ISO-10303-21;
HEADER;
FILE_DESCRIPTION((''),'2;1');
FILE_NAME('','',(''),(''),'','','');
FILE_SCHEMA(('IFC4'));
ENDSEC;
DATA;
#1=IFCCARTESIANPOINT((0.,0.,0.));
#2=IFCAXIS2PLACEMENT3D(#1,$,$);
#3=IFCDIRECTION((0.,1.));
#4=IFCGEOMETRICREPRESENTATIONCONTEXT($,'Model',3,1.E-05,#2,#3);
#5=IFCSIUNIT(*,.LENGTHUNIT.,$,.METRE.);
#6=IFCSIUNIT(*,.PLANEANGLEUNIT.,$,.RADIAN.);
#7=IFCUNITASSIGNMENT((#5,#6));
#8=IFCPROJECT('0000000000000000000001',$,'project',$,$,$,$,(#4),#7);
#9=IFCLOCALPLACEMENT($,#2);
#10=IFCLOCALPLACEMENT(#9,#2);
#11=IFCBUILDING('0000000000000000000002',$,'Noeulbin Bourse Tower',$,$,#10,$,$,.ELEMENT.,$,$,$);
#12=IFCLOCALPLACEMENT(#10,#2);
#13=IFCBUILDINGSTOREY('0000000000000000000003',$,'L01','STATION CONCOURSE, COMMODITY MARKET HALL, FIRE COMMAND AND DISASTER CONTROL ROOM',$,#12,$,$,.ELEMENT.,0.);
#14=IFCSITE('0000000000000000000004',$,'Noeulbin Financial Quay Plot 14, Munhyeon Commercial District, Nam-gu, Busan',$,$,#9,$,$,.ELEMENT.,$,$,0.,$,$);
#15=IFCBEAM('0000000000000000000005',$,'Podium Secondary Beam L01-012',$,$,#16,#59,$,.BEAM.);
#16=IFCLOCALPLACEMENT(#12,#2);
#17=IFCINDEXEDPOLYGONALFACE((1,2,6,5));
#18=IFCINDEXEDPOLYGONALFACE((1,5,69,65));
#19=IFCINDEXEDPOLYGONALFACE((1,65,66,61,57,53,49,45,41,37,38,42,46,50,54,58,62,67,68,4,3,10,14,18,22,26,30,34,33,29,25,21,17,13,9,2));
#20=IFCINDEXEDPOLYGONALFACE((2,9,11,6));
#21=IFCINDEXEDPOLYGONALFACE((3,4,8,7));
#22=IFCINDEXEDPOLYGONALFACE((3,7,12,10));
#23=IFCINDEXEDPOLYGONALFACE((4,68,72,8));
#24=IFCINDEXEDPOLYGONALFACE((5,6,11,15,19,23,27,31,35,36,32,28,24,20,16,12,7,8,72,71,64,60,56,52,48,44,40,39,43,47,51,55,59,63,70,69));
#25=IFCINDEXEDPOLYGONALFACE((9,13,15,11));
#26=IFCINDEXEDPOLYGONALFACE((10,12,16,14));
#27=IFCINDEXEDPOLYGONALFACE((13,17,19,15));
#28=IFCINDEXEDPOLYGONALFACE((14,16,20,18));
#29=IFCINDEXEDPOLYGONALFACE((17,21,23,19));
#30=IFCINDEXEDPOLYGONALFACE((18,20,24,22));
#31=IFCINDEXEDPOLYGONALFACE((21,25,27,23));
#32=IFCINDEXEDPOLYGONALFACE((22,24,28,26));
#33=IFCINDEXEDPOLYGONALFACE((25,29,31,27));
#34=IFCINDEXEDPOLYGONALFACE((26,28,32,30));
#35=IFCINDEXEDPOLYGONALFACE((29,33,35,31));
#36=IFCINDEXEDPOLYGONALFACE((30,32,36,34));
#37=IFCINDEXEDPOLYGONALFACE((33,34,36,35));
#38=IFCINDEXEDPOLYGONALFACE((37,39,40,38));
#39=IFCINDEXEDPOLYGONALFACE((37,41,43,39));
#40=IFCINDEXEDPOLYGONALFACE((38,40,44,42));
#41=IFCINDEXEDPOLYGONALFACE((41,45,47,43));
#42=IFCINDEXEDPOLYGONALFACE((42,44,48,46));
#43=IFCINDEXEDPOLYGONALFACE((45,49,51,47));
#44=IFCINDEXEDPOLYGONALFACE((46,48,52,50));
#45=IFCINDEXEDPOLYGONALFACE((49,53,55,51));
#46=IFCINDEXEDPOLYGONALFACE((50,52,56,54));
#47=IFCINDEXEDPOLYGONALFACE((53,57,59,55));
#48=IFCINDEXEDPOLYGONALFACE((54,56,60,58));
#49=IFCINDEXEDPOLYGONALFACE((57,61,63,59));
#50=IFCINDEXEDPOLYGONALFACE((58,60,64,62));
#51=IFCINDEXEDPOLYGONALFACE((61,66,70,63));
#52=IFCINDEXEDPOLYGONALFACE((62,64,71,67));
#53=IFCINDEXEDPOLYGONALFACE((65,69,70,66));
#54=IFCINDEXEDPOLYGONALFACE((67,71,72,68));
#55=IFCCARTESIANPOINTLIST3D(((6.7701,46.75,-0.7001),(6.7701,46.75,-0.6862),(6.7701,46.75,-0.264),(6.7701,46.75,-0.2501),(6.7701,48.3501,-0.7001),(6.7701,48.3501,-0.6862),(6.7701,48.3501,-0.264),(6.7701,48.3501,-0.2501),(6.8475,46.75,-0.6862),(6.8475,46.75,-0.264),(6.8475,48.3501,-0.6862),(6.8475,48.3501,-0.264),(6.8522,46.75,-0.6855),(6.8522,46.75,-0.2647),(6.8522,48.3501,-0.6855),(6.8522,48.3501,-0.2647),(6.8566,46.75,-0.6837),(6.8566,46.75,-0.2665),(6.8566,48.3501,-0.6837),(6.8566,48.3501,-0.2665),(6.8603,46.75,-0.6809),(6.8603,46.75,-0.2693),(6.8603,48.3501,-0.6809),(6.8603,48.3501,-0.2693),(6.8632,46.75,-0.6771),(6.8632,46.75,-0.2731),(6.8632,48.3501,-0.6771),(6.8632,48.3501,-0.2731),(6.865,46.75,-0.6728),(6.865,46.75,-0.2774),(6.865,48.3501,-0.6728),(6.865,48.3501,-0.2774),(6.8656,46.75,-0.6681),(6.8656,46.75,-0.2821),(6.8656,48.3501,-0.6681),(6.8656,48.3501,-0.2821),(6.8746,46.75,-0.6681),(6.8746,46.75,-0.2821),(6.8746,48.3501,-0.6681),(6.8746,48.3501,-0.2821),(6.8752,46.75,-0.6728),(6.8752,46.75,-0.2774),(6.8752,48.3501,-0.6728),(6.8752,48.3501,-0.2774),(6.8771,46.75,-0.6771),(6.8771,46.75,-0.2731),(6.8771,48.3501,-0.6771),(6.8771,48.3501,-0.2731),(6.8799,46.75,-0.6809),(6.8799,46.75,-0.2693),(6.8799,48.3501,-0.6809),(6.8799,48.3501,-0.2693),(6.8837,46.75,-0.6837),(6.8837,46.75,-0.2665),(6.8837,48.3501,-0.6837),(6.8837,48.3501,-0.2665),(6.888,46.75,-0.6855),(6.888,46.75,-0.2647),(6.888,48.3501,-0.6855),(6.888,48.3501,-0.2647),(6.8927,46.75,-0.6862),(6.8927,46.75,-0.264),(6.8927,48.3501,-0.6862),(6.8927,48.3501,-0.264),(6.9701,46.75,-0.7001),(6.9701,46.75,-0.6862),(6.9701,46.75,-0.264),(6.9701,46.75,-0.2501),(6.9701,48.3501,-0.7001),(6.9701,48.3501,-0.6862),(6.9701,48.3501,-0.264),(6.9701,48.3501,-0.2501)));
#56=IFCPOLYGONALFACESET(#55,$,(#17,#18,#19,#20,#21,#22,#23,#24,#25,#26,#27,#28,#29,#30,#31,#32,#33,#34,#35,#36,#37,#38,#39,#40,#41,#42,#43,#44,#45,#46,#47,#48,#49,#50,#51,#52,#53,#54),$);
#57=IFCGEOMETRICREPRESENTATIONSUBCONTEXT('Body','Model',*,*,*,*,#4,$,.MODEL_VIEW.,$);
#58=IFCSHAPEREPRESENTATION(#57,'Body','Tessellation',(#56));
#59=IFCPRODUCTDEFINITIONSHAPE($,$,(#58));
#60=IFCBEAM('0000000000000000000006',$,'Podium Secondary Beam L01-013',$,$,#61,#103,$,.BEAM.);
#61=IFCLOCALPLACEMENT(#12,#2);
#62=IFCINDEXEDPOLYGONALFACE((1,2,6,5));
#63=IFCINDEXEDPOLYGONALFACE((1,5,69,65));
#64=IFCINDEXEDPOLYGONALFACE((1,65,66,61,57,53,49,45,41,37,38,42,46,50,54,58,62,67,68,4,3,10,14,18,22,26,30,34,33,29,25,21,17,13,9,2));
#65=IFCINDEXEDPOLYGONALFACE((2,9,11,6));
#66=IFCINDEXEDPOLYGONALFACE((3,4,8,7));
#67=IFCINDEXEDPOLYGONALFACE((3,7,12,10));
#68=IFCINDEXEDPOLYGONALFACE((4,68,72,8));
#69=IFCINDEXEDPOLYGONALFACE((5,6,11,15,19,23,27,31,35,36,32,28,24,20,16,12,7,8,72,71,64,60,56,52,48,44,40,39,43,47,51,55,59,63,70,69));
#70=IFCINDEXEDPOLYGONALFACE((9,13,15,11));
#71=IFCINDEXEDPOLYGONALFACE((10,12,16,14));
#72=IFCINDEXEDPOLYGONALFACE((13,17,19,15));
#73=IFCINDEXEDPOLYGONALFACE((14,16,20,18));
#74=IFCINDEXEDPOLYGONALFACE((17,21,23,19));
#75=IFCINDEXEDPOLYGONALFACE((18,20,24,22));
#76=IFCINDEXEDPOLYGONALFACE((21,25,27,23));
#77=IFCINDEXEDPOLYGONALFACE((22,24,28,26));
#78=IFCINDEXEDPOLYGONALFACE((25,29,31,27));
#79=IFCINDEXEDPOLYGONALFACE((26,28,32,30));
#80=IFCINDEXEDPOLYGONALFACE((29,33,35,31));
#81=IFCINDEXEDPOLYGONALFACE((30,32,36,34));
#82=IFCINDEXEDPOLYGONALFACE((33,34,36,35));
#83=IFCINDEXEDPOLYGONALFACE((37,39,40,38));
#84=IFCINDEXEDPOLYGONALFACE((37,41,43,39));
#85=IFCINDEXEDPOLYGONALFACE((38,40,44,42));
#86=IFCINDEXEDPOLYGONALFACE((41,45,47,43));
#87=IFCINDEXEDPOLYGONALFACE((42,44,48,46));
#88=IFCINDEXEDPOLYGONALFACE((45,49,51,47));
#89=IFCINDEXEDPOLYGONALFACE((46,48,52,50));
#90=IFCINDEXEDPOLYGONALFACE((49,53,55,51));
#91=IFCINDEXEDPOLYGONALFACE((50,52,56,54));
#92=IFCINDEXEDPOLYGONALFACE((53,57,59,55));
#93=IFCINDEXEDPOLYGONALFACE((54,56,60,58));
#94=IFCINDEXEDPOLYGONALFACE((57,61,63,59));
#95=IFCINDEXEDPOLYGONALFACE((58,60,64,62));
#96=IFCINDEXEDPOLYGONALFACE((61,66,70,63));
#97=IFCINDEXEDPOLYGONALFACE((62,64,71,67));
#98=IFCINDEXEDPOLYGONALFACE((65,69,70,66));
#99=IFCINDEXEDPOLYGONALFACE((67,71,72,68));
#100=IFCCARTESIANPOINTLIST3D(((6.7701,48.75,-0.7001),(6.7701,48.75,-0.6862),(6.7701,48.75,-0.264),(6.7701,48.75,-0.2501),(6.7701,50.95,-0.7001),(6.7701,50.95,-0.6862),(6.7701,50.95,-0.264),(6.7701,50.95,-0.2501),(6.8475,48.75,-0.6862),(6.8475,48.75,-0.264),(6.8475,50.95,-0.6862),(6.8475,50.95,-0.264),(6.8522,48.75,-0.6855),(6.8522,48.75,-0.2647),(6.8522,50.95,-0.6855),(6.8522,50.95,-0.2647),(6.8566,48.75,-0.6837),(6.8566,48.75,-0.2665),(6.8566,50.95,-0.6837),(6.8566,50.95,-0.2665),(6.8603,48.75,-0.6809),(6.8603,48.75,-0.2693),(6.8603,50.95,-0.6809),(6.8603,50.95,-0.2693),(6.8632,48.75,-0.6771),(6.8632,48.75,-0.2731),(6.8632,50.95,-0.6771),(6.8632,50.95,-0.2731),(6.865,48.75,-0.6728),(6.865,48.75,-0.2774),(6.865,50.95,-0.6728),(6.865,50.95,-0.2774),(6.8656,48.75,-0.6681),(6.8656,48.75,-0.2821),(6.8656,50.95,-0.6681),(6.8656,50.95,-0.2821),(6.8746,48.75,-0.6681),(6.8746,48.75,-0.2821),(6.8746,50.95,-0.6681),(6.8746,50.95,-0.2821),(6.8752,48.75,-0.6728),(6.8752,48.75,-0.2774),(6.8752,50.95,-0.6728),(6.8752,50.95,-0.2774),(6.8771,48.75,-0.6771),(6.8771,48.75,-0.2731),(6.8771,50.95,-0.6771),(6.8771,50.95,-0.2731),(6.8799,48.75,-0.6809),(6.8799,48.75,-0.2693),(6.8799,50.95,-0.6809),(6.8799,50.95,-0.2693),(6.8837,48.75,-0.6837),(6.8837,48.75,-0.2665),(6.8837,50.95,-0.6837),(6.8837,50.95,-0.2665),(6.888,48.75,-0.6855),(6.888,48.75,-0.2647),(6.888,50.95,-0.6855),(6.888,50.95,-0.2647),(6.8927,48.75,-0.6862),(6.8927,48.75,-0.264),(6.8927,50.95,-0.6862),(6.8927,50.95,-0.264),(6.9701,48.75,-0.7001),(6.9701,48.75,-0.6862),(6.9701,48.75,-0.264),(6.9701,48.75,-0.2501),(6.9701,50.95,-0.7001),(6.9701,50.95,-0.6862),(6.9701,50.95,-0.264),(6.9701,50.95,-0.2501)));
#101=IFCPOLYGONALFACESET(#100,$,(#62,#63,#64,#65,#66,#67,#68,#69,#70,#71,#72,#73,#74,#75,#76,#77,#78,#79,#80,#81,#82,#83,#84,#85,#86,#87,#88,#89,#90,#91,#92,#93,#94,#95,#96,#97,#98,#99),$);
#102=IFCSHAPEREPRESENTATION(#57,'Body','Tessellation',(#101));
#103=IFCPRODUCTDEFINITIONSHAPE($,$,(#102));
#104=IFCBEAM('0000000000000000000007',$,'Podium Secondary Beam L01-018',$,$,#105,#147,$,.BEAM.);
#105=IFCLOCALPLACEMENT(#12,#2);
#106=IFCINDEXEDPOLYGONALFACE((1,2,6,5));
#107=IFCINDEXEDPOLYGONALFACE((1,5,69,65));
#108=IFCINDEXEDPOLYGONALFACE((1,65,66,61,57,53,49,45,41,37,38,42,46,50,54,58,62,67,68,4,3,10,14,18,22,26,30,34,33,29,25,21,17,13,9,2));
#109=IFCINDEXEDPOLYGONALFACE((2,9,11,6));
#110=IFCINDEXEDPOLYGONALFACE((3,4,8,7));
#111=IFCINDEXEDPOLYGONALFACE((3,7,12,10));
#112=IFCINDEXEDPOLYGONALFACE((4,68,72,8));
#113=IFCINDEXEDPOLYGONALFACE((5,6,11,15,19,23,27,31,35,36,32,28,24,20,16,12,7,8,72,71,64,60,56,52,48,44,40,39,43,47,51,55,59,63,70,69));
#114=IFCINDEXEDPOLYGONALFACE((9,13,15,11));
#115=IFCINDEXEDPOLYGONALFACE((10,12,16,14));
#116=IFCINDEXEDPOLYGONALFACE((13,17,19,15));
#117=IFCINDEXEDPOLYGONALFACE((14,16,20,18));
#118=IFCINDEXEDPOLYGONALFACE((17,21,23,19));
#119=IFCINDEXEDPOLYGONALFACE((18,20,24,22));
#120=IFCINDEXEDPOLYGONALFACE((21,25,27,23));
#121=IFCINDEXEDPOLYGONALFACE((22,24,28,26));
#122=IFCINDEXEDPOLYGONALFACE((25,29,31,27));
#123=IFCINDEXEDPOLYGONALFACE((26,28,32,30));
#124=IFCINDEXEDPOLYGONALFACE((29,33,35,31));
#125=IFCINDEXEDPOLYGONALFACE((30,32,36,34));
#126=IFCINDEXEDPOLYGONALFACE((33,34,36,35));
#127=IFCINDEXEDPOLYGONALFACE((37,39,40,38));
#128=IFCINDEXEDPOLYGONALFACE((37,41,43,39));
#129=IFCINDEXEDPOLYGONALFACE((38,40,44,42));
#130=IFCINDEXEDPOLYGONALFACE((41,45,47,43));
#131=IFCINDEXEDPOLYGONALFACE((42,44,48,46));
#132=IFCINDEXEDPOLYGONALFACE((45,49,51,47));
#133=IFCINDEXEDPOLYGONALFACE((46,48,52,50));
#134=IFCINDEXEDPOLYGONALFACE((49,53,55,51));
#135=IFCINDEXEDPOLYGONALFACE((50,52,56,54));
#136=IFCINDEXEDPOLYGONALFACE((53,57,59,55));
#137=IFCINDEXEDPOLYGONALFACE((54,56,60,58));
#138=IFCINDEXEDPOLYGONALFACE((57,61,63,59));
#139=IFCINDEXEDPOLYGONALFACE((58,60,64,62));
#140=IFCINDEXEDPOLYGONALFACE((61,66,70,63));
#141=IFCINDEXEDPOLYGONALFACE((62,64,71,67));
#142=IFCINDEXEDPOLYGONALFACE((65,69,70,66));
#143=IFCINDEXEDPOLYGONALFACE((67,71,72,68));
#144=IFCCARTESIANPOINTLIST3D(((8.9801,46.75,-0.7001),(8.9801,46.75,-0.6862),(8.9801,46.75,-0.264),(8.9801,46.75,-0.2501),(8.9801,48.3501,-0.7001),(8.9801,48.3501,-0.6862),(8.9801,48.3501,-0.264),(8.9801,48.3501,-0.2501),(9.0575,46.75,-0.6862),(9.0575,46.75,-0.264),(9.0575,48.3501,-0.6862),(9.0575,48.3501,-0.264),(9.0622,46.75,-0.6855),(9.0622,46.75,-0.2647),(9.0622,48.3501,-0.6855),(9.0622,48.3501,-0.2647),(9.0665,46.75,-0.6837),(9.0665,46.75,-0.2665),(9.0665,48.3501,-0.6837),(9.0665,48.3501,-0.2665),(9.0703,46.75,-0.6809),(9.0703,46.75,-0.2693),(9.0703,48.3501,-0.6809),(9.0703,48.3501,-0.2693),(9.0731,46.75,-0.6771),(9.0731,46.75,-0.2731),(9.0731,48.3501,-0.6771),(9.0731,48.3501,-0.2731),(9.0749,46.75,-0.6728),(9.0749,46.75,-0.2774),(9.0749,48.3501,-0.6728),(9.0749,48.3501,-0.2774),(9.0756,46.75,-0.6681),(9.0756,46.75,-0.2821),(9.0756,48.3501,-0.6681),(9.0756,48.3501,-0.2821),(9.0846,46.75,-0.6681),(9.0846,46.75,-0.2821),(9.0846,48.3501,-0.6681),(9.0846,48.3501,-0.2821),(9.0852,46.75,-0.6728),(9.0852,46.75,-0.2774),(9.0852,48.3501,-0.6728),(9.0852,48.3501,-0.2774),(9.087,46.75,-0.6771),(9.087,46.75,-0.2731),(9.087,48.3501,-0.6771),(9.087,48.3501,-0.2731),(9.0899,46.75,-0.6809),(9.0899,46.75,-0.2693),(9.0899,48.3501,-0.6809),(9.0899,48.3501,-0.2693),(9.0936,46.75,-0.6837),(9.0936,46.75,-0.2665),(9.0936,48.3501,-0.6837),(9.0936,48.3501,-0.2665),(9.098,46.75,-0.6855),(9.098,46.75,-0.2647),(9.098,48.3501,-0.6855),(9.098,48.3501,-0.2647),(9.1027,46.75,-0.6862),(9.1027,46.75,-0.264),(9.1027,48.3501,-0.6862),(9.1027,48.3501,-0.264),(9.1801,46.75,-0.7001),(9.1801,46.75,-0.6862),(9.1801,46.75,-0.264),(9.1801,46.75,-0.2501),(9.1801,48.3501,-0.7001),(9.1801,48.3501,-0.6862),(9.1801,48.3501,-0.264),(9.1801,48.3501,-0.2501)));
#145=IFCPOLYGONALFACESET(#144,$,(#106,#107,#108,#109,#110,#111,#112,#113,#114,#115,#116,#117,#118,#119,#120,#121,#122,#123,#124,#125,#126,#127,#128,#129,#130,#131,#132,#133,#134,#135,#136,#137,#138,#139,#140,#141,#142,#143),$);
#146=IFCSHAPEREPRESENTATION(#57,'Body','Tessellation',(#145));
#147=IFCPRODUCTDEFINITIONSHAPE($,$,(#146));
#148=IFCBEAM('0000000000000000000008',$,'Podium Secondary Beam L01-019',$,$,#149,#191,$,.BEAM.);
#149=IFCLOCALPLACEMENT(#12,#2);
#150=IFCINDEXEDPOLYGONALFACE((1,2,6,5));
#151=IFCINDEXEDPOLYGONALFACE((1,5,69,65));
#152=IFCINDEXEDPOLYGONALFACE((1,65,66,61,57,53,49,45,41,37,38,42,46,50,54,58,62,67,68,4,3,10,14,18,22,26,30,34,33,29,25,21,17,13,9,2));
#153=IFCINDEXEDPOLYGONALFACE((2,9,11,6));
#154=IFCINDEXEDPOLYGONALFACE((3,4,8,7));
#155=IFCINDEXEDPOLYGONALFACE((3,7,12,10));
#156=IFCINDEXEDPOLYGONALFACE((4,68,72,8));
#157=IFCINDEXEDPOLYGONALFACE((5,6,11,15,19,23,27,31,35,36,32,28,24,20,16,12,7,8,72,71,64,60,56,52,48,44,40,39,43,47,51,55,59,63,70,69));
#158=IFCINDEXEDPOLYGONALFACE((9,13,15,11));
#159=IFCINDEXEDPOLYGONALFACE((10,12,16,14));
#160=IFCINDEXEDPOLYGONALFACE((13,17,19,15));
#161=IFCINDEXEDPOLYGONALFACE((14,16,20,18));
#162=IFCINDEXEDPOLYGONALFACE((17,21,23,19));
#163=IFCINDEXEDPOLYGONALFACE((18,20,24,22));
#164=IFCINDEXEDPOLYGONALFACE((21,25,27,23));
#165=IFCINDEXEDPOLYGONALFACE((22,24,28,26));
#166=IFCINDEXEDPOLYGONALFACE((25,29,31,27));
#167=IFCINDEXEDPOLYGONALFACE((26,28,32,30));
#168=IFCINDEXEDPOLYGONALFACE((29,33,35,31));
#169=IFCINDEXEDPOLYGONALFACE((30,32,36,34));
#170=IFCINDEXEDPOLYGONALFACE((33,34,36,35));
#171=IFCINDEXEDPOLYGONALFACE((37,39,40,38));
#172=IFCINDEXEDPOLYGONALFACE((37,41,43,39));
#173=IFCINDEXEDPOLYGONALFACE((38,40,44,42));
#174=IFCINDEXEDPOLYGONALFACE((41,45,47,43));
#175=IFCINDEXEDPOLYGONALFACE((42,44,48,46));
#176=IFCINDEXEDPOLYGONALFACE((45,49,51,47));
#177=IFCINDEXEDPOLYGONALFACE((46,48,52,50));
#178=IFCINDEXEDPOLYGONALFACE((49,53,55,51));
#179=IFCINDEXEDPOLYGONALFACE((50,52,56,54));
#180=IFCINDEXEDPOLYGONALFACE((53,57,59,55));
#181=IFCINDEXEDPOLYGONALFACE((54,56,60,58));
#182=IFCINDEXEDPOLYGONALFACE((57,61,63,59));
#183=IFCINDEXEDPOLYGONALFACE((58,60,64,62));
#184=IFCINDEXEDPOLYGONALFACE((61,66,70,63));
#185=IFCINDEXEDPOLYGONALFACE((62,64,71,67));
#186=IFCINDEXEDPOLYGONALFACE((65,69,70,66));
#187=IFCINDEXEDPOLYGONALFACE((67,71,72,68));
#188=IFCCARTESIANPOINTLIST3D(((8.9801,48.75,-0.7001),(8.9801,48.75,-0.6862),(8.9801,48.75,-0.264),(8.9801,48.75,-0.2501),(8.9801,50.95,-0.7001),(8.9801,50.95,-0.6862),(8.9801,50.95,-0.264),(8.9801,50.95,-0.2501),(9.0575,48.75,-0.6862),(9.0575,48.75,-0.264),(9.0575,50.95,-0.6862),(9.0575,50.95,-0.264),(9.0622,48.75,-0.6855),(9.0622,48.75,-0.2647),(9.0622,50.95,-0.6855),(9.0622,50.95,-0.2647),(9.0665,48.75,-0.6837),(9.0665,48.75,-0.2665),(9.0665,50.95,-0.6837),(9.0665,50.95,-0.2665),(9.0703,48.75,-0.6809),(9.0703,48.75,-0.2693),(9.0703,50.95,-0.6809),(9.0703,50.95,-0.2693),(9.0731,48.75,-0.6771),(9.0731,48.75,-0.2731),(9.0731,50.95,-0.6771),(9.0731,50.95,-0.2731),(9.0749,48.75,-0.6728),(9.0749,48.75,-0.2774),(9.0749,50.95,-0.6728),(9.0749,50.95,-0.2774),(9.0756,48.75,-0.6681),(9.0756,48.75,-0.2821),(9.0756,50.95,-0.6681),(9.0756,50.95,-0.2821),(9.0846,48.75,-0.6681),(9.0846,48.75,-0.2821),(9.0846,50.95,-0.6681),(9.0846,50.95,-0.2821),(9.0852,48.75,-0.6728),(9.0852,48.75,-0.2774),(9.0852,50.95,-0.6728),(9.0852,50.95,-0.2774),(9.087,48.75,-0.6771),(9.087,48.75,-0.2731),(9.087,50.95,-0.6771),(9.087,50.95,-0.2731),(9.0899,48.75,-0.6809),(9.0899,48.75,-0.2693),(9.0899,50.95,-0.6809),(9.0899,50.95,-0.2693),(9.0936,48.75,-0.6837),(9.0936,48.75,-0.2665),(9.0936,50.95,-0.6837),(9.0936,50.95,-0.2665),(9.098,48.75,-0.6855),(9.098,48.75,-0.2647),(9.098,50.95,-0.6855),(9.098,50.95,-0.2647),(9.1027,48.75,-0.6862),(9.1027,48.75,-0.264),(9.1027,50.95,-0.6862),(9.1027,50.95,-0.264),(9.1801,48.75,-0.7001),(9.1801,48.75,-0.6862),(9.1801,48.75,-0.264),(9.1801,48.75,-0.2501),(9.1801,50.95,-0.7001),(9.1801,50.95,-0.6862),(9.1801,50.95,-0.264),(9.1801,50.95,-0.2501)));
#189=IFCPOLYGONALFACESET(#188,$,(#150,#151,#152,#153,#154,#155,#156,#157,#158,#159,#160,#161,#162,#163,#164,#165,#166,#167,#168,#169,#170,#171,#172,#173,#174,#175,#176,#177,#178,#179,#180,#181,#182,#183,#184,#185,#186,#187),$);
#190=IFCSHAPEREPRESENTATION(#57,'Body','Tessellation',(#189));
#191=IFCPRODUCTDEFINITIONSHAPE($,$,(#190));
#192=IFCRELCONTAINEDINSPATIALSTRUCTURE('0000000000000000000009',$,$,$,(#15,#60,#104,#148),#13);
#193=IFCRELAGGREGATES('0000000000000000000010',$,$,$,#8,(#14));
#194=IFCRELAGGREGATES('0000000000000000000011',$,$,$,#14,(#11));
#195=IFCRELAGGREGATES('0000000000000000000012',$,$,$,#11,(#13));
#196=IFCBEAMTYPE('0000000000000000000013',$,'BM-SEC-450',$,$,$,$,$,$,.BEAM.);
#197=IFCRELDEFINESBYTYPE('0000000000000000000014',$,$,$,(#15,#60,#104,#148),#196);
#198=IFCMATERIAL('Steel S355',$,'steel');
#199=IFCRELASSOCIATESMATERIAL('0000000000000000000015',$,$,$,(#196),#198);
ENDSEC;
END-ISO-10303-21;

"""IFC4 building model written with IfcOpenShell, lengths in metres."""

from ifc_helpers import new_model, si_unit, direction, frame, origin, origin_2d, place, context, subcontext, project, spatial, i_section, extrude, material, material_profile, profile_set, type_object, element, save


model = new_model("IFC4")

# Units and contexts
model_context = context("Model", 3, precision=1e-05, world=origin(), true_north=direction((0.0, 1.0)))
body_context = subcontext(model_context, "Body", "Model", "MODEL_VIEW")
ifc_project = project(units=[si_unit("LENGTHUNIT", "METRE"), si_unit("PLANEANGLEUNIT", "RADIAN")], contexts=[model_context])

# Site, building, storey
site_placement = place(None, origin())
site = spatial("IfcSite", under=ifc_project, at=site_placement, Name="Noeulbin Financial Quay Plot 14, Munhyeon Commercial District, Nam-gu, Busan", CompositionType="ELEMENT", RefElevation=0.0)
building_placement = place(site_placement, origin())
building = spatial("IfcBuilding", under=site, at=building_placement, Name="Noeulbin Bourse Tower", CompositionType="ELEMENT")
storey_placement = place(building_placement, origin())
storey = spatial("IfcBuildingStorey", under=building, at=storey_placement, Name="L01", Description="STATION CONCOURSE, COMMODITY MARKET HALL, FIRE COMMAND AND DISASTER CONTROL ROOM", CompositionType="ELEMENT", Elevation=0.0)

# Beams
ifc_material_1 = material(Name="Steel S355", Category="steel")
ifc_material_profile_1 = material_profile(ifc_material_1, i_section(OverallWidth=0.2, OverallDepth=0.45, WebThickness=0.009, FlangeThickness=0.0139, FilletRadius=0.0181, at=origin_2d()), Name="H-450x200x9x14", Category="LoadBearing")
ifc_profile_set_1 = profile_set([ifc_material_profile_1], Name="Steel S355")
beam_type_1 = type_object("IfcBeamType", Name="BM-SEC-450", PredefinedType="BEAM", material=ifc_profile_set_1)
beam_1_placement = place(storey_placement, frame((6.8701, 46.75, -0.4751), z_axis=(0.0, 1.0, 0.0), x_axis=(-1.0, 0.0, 0.0)))
element("IfcBeam", 1, at=beam_1_placement, inside=storey, type_object=beam_type_1, Name="Podium Secondary Beam L01-012", PredefinedType="BEAM", context=body_context, shape_type="SweptSolid", body=[
    extrude(i_section(OverallWidth=0.2, OverallDepth=0.45, WebThickness=0.009, FlangeThickness=0.0139, FilletRadius=0.0181, at=origin_2d()), origin(), (0.0, 0.0, 1.0), 1.6001),
])
beam_2_placement = place(storey_placement, frame((6.8701, 48.75, -0.4751), z_axis=(0.0, 1.0, 0.0), x_axis=(-1.0, 0.0, 0.0)))
element("IfcBeam", 2, at=beam_2_placement, inside=storey, type_object=beam_type_1, Name="Podium Secondary Beam L01-013", PredefinedType="BEAM", context=body_context, shape_type="SweptSolid", body=[
    extrude(i_section(OverallWidth=0.2, OverallDepth=0.45, WebThickness=0.009, FlangeThickness=0.0139, FilletRadius=0.0181, at=origin_2d()), origin(), (0.0, 0.0, 1.0), 2.2),
])
beam_3_placement = place(storey_placement, frame((9.0801, 46.75, -0.4751), z_axis=(0.0, 1.0, 0.0), x_axis=(-1.0, 0.0, 0.0)))
element("IfcBeam", 3, at=beam_3_placement, inside=storey, type_object=beam_type_1, Name="Podium Secondary Beam L01-018", PredefinedType="BEAM", context=body_context, shape_type="SweptSolid", body=[
    extrude(i_section(OverallWidth=0.2, OverallDepth=0.45, WebThickness=0.009, FlangeThickness=0.0139, FilletRadius=0.0181, at=origin_2d()), origin(), (0.0, 0.0, 1.0), 1.6001),
])
beam_4_placement = place(storey_placement, frame((9.0801, 48.75, -0.4751), z_axis=(0.0, 1.0, 0.0), x_axis=(-1.0, 0.0, 0.0)))
element("IfcBeam", 4, at=beam_4_placement, inside=storey, type_object=beam_type_1, Name="Podium Secondary Beam L01-019", PredefinedType="BEAM", context=body_context, shape_type="SweptSolid", body=[
    extrude(i_section(OverallWidth=0.2, OverallDepth=0.45, WebThickness=0.009, FlangeThickness=0.0139, FilletRadius=0.0181, at=origin_2d()), origin(), (0.0, 0.0, 1.0), 2.2),
])

save(model, "model.ifc")
